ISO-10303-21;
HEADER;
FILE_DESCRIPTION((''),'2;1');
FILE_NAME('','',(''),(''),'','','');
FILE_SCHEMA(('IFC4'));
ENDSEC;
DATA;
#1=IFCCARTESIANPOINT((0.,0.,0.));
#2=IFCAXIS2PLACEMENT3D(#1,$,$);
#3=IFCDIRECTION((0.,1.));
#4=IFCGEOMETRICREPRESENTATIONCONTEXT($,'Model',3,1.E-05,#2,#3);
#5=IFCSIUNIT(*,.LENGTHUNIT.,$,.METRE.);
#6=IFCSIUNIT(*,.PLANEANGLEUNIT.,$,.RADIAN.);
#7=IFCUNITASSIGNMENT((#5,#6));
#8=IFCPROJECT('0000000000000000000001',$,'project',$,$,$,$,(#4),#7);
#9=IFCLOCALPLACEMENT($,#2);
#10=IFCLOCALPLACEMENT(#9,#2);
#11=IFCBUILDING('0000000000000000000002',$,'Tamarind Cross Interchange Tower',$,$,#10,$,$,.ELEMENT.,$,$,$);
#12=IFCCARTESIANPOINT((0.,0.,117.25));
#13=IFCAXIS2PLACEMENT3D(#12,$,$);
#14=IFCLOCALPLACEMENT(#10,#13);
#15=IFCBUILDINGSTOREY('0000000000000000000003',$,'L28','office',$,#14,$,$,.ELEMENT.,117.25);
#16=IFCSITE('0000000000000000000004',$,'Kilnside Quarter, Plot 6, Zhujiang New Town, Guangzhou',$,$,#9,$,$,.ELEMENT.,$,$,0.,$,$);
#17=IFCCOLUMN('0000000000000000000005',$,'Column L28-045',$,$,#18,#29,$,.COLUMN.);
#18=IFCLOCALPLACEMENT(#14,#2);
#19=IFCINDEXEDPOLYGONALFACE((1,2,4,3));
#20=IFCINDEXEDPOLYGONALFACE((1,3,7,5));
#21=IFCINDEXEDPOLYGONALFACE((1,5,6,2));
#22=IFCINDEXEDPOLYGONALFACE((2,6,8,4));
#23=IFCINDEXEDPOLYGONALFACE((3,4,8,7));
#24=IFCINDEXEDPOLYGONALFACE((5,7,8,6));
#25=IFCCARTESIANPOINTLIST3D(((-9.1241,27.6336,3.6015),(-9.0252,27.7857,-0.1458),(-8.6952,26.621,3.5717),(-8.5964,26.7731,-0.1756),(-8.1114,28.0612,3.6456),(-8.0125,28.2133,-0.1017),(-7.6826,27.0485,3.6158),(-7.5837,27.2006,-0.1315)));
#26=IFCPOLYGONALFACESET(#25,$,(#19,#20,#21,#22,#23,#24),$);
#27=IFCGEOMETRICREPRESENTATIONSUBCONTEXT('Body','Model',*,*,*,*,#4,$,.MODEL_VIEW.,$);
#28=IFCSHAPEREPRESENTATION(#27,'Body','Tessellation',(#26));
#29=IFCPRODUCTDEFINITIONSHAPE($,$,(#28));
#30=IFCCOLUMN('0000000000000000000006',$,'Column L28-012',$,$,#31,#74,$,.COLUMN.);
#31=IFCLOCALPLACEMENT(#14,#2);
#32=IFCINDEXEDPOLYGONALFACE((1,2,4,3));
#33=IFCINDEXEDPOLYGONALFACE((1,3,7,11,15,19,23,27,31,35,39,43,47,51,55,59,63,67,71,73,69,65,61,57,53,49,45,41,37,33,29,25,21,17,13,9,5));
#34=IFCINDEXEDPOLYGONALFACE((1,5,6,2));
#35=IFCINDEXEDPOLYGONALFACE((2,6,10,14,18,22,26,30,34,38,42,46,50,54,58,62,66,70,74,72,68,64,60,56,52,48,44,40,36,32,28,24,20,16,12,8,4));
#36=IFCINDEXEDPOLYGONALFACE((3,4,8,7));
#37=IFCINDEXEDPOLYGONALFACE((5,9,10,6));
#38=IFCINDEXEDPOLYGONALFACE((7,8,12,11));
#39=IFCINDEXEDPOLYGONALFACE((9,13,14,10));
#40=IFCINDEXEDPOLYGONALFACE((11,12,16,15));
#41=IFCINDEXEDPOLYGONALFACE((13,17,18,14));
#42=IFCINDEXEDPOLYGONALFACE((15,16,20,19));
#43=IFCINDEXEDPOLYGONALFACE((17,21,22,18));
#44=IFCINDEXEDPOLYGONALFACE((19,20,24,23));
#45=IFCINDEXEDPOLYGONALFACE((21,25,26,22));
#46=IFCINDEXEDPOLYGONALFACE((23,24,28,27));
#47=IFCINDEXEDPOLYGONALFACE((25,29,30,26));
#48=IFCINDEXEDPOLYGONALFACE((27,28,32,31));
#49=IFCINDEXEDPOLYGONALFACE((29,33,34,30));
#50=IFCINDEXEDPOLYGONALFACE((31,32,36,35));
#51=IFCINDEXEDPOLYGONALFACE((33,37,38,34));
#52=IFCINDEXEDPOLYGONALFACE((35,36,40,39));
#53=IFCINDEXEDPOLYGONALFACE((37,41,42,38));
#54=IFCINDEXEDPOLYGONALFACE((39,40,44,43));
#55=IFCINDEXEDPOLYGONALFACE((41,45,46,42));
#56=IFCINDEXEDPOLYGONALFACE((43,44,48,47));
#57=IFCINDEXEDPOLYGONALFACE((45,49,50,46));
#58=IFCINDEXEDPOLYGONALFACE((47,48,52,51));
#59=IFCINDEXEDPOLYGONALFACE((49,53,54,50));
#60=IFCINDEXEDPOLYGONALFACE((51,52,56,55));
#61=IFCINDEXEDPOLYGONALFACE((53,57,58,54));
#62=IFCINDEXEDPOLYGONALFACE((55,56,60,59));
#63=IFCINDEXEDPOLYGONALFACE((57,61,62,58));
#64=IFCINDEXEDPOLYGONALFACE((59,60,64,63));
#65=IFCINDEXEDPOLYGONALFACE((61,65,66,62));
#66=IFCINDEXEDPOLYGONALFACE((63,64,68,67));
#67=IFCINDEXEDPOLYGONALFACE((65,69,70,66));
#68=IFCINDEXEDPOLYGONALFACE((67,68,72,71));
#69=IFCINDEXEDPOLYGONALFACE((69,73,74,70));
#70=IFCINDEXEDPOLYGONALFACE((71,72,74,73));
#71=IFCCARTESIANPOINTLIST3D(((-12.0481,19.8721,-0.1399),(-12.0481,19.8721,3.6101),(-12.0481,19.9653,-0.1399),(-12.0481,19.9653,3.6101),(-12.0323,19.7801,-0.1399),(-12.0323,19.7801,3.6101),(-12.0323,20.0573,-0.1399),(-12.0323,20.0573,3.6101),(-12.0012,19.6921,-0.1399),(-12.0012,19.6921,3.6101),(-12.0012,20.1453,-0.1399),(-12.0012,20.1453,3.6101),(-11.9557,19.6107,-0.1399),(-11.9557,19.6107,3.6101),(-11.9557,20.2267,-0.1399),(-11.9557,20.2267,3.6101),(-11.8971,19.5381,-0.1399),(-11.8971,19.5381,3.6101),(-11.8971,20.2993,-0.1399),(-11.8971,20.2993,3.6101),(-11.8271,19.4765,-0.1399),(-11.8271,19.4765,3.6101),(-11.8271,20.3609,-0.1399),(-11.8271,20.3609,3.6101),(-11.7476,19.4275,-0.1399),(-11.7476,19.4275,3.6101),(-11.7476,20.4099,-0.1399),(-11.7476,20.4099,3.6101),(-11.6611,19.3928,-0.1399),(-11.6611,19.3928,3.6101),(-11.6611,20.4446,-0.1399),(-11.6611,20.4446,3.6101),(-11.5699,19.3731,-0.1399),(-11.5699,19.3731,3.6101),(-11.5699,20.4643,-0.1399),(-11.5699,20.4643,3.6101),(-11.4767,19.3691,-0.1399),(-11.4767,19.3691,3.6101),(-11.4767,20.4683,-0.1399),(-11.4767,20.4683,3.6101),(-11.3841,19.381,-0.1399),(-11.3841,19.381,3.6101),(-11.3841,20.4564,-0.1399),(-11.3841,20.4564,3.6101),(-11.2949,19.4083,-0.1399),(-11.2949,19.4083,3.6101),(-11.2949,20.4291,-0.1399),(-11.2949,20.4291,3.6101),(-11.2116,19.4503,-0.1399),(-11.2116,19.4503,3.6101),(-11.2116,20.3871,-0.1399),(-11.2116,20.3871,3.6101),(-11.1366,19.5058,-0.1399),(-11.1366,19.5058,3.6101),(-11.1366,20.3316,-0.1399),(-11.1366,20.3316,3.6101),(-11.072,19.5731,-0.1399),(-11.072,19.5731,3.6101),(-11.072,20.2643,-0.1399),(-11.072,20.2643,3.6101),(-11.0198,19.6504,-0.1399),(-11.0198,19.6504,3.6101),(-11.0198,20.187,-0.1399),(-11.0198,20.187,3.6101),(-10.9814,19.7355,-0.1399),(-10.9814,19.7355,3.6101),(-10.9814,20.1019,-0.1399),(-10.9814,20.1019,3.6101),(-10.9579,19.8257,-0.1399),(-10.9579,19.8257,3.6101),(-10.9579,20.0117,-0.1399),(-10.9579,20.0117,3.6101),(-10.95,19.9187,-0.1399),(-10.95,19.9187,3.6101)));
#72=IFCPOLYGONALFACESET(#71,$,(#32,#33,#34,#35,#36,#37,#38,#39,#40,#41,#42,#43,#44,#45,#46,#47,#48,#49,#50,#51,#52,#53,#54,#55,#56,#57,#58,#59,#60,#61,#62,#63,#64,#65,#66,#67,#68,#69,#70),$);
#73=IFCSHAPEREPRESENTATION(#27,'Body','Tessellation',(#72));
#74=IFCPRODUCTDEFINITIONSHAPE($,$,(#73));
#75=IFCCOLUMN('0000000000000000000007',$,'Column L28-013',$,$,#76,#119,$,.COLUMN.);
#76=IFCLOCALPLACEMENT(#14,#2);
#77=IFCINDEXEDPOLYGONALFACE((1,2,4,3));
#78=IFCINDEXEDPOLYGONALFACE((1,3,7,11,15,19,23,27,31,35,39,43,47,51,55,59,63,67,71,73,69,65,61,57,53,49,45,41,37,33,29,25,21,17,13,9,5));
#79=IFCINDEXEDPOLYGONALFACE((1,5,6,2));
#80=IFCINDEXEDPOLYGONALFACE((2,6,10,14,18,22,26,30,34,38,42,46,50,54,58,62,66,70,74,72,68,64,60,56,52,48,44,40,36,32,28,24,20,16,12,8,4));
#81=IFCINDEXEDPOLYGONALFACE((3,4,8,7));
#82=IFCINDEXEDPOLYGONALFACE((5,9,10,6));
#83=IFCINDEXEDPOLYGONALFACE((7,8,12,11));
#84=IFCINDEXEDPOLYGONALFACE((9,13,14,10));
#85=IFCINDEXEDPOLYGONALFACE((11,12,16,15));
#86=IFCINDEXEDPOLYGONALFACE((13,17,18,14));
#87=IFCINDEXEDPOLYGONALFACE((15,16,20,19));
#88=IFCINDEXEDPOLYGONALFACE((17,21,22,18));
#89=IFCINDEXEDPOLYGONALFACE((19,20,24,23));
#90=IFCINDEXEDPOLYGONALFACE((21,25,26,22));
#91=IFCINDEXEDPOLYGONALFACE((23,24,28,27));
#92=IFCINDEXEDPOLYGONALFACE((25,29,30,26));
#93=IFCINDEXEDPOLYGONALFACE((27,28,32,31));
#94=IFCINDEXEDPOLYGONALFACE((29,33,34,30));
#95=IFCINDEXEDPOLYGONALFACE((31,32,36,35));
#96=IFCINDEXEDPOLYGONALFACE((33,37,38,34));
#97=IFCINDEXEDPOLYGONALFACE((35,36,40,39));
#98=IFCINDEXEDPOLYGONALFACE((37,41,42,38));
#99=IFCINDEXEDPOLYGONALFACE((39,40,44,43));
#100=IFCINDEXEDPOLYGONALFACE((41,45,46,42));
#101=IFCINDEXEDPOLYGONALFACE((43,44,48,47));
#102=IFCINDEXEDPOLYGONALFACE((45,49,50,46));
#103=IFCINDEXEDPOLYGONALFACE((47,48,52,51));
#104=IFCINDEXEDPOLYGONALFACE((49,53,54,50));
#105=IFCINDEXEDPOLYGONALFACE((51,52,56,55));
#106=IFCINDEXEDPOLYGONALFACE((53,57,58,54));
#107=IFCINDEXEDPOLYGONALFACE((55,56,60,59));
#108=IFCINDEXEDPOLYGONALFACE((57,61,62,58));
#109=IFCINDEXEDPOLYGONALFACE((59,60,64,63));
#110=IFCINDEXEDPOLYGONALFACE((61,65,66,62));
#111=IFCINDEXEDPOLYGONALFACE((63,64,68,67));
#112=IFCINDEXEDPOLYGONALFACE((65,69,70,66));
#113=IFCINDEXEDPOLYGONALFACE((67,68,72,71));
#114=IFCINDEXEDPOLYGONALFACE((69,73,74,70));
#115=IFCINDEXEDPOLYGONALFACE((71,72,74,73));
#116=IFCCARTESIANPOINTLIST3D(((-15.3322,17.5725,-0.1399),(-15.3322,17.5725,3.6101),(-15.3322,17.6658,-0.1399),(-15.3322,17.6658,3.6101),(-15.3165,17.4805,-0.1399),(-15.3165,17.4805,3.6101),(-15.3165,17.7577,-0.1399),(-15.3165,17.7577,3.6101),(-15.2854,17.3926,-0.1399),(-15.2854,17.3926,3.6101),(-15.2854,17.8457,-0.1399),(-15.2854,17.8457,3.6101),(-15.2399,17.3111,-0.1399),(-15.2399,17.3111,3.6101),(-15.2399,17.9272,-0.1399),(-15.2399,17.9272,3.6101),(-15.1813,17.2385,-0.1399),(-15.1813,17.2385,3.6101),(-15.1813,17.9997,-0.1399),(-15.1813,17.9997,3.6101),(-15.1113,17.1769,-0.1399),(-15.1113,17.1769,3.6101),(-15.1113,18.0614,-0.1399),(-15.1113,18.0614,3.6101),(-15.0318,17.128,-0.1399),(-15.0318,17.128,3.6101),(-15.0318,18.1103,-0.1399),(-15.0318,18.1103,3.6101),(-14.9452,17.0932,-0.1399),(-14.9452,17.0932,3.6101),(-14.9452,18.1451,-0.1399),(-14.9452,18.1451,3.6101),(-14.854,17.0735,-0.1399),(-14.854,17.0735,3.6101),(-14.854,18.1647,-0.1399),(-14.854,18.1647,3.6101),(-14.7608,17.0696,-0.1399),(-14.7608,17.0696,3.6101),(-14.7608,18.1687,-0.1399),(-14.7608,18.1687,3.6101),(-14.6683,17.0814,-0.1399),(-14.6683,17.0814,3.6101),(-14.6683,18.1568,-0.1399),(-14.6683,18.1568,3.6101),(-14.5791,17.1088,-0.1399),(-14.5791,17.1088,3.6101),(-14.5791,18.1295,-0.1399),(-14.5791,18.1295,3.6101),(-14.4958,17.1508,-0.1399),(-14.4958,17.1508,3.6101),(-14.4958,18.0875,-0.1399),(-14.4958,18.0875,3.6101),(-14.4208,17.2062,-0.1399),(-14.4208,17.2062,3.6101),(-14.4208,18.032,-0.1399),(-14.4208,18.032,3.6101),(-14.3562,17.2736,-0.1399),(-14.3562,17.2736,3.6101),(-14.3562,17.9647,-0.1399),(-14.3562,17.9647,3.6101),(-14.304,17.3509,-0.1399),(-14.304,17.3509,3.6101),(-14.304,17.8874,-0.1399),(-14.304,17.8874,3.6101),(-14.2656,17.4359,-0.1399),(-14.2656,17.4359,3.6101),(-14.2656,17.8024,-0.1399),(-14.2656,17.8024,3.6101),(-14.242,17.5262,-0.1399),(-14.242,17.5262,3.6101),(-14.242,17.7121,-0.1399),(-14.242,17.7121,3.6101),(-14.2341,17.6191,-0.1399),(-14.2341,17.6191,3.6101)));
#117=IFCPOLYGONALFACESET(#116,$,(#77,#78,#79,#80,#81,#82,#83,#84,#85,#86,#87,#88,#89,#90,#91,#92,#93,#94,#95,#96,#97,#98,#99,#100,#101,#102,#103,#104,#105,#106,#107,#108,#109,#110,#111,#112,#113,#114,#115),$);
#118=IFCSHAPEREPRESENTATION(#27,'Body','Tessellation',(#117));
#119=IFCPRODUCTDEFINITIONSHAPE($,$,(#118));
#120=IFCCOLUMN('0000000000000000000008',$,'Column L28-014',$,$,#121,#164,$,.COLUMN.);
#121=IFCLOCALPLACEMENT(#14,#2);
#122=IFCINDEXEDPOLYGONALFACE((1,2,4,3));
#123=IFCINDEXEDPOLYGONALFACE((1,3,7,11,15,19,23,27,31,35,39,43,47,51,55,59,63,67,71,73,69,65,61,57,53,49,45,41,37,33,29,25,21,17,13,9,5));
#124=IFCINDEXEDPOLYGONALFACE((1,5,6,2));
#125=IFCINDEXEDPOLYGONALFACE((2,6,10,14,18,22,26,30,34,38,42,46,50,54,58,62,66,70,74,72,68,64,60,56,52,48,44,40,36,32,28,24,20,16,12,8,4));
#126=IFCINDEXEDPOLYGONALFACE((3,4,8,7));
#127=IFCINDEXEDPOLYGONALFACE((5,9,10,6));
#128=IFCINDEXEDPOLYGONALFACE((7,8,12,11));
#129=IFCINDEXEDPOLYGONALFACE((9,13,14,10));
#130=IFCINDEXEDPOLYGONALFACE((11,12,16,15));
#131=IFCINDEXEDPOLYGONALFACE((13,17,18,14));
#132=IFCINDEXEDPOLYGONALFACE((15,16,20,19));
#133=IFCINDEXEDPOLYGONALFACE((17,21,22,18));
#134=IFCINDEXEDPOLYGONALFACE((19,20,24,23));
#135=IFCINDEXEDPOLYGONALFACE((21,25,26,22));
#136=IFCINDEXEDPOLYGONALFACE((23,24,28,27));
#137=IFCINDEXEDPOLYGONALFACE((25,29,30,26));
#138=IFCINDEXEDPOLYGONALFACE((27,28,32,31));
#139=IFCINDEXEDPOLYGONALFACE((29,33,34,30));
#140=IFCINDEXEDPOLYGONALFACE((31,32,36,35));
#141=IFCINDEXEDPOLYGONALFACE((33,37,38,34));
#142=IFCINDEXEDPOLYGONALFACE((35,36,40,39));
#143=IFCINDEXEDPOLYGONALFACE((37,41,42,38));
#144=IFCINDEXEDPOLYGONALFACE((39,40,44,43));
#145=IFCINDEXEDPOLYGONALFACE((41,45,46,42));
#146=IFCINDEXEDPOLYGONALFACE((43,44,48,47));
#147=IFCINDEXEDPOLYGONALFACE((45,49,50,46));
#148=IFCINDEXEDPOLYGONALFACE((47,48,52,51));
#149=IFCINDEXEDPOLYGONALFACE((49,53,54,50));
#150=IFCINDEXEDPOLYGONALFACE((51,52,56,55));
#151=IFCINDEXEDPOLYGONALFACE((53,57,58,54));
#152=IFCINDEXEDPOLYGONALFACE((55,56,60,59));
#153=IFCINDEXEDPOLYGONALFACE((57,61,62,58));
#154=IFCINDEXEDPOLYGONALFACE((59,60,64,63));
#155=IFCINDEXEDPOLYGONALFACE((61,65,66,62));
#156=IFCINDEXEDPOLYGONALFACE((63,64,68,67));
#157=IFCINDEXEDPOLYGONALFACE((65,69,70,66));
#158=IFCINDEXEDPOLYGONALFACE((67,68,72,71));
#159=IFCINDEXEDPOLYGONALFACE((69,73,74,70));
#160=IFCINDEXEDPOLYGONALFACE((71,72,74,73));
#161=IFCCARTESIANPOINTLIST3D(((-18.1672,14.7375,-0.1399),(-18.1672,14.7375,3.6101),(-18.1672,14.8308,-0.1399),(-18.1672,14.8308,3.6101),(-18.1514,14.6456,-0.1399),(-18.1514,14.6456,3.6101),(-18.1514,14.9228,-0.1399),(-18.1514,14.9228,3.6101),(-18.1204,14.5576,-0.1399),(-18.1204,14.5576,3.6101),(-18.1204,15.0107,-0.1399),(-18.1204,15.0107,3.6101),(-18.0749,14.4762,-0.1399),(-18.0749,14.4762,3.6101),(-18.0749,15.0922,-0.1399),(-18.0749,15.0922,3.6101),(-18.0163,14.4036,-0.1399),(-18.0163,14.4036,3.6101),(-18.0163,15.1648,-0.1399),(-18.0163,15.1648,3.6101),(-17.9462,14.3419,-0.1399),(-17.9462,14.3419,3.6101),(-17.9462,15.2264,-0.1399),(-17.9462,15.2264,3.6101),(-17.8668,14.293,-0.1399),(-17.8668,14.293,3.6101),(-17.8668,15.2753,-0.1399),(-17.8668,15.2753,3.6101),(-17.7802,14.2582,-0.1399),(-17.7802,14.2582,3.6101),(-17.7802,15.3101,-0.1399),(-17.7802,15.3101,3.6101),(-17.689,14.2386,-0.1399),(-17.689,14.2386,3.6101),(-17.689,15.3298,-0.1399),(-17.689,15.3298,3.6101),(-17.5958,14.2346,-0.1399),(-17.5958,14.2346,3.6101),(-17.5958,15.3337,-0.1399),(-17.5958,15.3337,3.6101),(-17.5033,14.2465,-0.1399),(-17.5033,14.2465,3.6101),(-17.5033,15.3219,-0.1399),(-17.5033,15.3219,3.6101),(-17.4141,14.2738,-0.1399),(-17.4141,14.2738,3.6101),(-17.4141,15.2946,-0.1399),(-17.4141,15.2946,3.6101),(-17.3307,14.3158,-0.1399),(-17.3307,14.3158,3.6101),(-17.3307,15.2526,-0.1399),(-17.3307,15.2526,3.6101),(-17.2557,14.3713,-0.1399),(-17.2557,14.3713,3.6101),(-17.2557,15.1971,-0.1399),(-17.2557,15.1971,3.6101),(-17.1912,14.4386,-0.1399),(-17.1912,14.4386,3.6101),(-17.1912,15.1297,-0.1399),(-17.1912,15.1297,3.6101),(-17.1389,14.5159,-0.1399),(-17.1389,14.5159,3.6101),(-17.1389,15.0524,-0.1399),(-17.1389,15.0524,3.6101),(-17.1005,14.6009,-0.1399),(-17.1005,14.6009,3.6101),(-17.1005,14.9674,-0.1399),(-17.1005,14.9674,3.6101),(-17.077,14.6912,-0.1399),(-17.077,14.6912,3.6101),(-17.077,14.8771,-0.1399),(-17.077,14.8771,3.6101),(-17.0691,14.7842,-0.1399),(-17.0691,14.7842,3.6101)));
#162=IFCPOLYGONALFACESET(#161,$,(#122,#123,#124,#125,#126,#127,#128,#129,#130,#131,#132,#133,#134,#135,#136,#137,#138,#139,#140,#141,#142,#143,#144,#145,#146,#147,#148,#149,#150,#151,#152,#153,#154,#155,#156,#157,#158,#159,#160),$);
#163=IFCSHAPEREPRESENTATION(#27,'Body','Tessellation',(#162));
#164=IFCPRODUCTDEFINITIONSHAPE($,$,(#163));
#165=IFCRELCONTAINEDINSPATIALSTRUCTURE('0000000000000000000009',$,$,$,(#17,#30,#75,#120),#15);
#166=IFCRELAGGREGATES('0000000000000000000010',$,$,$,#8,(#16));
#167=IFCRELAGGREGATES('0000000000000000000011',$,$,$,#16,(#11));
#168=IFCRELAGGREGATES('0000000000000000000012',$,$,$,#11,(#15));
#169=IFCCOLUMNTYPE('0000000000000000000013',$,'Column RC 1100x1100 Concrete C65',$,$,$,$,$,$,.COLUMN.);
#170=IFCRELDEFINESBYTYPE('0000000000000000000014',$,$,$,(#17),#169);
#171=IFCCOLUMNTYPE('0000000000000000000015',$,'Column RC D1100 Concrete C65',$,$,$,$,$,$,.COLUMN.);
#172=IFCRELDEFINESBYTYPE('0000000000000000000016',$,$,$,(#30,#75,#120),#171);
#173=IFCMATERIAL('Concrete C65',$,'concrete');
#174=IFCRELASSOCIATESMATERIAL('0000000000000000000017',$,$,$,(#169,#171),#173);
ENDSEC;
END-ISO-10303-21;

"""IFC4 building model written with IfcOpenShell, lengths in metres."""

from ifc_helpers import new_model, si_unit, direction, frame, origin, origin_2d, place, context, subcontext, project, spatial, rectangle, circle, extrude, material, material_profile, profile_set, type_object, element, save


model = new_model("IFC4")

# Units and contexts
model_context = context("Model", 3, precision=1e-05, world=origin(), true_north=direction((0.0, 1.0)))
body_context = subcontext(model_context, "Body", "Model", "MODEL_VIEW")
ifc_project = project(units=[si_unit("LENGTHUNIT", "METRE"), si_unit("PLANEANGLEUNIT", "RADIAN")], contexts=[model_context])

# Site, building, storey
site_placement = place(None, origin())
site = spatial("IfcSite", under=ifc_project, at=site_placement, Name="Kilnside Quarter, Plot 6, Zhujiang New Town, Guangzhou", CompositionType="ELEMENT", RefElevation=0.0)
building_placement = place(site_placement, origin())
building = spatial("IfcBuilding", under=site, at=building_placement, Name="Tamarind Cross Interchange Tower", CompositionType="ELEMENT")
storey_placement = place(building_placement, frame((0.0, 0.0, 117.25)))
storey = spatial("IfcBuildingStorey", under=building, at=storey_placement, Name="L28", Description="office", CompositionType="ELEMENT", Elevation=117.25)

# Columns
ifc_material_1 = material(Name="Concrete C65", Category="concrete")
ifc_material_profile_1 = material_profile(ifc_material_1, rectangle(XDim=1.1001, YDim=1.1001, at=origin_2d()), Name="RC 1100x1100")
ifc_profile_set_1 = profile_set([ifc_material_profile_1], Name="Concrete C65")
column_type_1 = type_object("IfcColumnType", Name="Column RC 1100x1100 Concrete C65", PredefinedType="COLUMN", material=ifc_profile_set_1)
column_placement = place(storey_placement, frame((-8.3044, 27.4932, -0.1387), z_axis=(-0.026355, -0.040541, 0.99883), x_axis=(0.920521, 0.388633, 0.040063)))
element("IfcColumn", 1, at=column_placement, inside=storey, type_object=column_type_1, Name="Column L28-045", PredefinedType="COLUMN", context=body_context, shape_type="SweptSolid", body=[
    extrude(rectangle(XDim=1.1001, YDim=1.1001, at=origin_2d()), origin(), (0.0, 0.0, 1.0), 3.7517),
])
ifc_material_profile_2 = material_profile(ifc_material_1, circle(Radius=0.55, at=origin_2d()), Name="RC D1100")
ifc_profile_set_2 = profile_set([ifc_material_profile_2], Name="Concrete C65")
column_type_2 = type_object("IfcColumnType", Name="Column RC D1100 Concrete C65", PredefinedType="COLUMN", material=ifc_profile_set_2)
for number, where, z_axis, x_axis, name in (
    (2, (-11.5, 19.9187, -0.1399), (0.0, 0.0, 1.0), (1.0, 0.0, 0.0), "Column L28-012"),
    (3, (-14.7842, 17.6191, -0.1399), (0.0, 0.0, 1.0), (1.0, 0.0, 0.0), "Column L28-013"),
    (4, (-17.6191, 14.7842, -0.1399), (0.0, 0.0, 1.0), (1.0, 0.0, 0.0), "Column L28-014"),
):
    element("IfcColumn", number, at=place(storey_placement, frame(where, z_axis=z_axis, x_axis=x_axis)), inside=storey, type_object=column_type_2, Name=name, PredefinedType="COLUMN", context=body_context, shape_type="SweptSolid", body=[
        extrude(circle(Radius=0.55, at=origin_2d()), origin(), (0.0, 0.0, 1.0), 3.75),
    ])

save(model, "model.ifc")
